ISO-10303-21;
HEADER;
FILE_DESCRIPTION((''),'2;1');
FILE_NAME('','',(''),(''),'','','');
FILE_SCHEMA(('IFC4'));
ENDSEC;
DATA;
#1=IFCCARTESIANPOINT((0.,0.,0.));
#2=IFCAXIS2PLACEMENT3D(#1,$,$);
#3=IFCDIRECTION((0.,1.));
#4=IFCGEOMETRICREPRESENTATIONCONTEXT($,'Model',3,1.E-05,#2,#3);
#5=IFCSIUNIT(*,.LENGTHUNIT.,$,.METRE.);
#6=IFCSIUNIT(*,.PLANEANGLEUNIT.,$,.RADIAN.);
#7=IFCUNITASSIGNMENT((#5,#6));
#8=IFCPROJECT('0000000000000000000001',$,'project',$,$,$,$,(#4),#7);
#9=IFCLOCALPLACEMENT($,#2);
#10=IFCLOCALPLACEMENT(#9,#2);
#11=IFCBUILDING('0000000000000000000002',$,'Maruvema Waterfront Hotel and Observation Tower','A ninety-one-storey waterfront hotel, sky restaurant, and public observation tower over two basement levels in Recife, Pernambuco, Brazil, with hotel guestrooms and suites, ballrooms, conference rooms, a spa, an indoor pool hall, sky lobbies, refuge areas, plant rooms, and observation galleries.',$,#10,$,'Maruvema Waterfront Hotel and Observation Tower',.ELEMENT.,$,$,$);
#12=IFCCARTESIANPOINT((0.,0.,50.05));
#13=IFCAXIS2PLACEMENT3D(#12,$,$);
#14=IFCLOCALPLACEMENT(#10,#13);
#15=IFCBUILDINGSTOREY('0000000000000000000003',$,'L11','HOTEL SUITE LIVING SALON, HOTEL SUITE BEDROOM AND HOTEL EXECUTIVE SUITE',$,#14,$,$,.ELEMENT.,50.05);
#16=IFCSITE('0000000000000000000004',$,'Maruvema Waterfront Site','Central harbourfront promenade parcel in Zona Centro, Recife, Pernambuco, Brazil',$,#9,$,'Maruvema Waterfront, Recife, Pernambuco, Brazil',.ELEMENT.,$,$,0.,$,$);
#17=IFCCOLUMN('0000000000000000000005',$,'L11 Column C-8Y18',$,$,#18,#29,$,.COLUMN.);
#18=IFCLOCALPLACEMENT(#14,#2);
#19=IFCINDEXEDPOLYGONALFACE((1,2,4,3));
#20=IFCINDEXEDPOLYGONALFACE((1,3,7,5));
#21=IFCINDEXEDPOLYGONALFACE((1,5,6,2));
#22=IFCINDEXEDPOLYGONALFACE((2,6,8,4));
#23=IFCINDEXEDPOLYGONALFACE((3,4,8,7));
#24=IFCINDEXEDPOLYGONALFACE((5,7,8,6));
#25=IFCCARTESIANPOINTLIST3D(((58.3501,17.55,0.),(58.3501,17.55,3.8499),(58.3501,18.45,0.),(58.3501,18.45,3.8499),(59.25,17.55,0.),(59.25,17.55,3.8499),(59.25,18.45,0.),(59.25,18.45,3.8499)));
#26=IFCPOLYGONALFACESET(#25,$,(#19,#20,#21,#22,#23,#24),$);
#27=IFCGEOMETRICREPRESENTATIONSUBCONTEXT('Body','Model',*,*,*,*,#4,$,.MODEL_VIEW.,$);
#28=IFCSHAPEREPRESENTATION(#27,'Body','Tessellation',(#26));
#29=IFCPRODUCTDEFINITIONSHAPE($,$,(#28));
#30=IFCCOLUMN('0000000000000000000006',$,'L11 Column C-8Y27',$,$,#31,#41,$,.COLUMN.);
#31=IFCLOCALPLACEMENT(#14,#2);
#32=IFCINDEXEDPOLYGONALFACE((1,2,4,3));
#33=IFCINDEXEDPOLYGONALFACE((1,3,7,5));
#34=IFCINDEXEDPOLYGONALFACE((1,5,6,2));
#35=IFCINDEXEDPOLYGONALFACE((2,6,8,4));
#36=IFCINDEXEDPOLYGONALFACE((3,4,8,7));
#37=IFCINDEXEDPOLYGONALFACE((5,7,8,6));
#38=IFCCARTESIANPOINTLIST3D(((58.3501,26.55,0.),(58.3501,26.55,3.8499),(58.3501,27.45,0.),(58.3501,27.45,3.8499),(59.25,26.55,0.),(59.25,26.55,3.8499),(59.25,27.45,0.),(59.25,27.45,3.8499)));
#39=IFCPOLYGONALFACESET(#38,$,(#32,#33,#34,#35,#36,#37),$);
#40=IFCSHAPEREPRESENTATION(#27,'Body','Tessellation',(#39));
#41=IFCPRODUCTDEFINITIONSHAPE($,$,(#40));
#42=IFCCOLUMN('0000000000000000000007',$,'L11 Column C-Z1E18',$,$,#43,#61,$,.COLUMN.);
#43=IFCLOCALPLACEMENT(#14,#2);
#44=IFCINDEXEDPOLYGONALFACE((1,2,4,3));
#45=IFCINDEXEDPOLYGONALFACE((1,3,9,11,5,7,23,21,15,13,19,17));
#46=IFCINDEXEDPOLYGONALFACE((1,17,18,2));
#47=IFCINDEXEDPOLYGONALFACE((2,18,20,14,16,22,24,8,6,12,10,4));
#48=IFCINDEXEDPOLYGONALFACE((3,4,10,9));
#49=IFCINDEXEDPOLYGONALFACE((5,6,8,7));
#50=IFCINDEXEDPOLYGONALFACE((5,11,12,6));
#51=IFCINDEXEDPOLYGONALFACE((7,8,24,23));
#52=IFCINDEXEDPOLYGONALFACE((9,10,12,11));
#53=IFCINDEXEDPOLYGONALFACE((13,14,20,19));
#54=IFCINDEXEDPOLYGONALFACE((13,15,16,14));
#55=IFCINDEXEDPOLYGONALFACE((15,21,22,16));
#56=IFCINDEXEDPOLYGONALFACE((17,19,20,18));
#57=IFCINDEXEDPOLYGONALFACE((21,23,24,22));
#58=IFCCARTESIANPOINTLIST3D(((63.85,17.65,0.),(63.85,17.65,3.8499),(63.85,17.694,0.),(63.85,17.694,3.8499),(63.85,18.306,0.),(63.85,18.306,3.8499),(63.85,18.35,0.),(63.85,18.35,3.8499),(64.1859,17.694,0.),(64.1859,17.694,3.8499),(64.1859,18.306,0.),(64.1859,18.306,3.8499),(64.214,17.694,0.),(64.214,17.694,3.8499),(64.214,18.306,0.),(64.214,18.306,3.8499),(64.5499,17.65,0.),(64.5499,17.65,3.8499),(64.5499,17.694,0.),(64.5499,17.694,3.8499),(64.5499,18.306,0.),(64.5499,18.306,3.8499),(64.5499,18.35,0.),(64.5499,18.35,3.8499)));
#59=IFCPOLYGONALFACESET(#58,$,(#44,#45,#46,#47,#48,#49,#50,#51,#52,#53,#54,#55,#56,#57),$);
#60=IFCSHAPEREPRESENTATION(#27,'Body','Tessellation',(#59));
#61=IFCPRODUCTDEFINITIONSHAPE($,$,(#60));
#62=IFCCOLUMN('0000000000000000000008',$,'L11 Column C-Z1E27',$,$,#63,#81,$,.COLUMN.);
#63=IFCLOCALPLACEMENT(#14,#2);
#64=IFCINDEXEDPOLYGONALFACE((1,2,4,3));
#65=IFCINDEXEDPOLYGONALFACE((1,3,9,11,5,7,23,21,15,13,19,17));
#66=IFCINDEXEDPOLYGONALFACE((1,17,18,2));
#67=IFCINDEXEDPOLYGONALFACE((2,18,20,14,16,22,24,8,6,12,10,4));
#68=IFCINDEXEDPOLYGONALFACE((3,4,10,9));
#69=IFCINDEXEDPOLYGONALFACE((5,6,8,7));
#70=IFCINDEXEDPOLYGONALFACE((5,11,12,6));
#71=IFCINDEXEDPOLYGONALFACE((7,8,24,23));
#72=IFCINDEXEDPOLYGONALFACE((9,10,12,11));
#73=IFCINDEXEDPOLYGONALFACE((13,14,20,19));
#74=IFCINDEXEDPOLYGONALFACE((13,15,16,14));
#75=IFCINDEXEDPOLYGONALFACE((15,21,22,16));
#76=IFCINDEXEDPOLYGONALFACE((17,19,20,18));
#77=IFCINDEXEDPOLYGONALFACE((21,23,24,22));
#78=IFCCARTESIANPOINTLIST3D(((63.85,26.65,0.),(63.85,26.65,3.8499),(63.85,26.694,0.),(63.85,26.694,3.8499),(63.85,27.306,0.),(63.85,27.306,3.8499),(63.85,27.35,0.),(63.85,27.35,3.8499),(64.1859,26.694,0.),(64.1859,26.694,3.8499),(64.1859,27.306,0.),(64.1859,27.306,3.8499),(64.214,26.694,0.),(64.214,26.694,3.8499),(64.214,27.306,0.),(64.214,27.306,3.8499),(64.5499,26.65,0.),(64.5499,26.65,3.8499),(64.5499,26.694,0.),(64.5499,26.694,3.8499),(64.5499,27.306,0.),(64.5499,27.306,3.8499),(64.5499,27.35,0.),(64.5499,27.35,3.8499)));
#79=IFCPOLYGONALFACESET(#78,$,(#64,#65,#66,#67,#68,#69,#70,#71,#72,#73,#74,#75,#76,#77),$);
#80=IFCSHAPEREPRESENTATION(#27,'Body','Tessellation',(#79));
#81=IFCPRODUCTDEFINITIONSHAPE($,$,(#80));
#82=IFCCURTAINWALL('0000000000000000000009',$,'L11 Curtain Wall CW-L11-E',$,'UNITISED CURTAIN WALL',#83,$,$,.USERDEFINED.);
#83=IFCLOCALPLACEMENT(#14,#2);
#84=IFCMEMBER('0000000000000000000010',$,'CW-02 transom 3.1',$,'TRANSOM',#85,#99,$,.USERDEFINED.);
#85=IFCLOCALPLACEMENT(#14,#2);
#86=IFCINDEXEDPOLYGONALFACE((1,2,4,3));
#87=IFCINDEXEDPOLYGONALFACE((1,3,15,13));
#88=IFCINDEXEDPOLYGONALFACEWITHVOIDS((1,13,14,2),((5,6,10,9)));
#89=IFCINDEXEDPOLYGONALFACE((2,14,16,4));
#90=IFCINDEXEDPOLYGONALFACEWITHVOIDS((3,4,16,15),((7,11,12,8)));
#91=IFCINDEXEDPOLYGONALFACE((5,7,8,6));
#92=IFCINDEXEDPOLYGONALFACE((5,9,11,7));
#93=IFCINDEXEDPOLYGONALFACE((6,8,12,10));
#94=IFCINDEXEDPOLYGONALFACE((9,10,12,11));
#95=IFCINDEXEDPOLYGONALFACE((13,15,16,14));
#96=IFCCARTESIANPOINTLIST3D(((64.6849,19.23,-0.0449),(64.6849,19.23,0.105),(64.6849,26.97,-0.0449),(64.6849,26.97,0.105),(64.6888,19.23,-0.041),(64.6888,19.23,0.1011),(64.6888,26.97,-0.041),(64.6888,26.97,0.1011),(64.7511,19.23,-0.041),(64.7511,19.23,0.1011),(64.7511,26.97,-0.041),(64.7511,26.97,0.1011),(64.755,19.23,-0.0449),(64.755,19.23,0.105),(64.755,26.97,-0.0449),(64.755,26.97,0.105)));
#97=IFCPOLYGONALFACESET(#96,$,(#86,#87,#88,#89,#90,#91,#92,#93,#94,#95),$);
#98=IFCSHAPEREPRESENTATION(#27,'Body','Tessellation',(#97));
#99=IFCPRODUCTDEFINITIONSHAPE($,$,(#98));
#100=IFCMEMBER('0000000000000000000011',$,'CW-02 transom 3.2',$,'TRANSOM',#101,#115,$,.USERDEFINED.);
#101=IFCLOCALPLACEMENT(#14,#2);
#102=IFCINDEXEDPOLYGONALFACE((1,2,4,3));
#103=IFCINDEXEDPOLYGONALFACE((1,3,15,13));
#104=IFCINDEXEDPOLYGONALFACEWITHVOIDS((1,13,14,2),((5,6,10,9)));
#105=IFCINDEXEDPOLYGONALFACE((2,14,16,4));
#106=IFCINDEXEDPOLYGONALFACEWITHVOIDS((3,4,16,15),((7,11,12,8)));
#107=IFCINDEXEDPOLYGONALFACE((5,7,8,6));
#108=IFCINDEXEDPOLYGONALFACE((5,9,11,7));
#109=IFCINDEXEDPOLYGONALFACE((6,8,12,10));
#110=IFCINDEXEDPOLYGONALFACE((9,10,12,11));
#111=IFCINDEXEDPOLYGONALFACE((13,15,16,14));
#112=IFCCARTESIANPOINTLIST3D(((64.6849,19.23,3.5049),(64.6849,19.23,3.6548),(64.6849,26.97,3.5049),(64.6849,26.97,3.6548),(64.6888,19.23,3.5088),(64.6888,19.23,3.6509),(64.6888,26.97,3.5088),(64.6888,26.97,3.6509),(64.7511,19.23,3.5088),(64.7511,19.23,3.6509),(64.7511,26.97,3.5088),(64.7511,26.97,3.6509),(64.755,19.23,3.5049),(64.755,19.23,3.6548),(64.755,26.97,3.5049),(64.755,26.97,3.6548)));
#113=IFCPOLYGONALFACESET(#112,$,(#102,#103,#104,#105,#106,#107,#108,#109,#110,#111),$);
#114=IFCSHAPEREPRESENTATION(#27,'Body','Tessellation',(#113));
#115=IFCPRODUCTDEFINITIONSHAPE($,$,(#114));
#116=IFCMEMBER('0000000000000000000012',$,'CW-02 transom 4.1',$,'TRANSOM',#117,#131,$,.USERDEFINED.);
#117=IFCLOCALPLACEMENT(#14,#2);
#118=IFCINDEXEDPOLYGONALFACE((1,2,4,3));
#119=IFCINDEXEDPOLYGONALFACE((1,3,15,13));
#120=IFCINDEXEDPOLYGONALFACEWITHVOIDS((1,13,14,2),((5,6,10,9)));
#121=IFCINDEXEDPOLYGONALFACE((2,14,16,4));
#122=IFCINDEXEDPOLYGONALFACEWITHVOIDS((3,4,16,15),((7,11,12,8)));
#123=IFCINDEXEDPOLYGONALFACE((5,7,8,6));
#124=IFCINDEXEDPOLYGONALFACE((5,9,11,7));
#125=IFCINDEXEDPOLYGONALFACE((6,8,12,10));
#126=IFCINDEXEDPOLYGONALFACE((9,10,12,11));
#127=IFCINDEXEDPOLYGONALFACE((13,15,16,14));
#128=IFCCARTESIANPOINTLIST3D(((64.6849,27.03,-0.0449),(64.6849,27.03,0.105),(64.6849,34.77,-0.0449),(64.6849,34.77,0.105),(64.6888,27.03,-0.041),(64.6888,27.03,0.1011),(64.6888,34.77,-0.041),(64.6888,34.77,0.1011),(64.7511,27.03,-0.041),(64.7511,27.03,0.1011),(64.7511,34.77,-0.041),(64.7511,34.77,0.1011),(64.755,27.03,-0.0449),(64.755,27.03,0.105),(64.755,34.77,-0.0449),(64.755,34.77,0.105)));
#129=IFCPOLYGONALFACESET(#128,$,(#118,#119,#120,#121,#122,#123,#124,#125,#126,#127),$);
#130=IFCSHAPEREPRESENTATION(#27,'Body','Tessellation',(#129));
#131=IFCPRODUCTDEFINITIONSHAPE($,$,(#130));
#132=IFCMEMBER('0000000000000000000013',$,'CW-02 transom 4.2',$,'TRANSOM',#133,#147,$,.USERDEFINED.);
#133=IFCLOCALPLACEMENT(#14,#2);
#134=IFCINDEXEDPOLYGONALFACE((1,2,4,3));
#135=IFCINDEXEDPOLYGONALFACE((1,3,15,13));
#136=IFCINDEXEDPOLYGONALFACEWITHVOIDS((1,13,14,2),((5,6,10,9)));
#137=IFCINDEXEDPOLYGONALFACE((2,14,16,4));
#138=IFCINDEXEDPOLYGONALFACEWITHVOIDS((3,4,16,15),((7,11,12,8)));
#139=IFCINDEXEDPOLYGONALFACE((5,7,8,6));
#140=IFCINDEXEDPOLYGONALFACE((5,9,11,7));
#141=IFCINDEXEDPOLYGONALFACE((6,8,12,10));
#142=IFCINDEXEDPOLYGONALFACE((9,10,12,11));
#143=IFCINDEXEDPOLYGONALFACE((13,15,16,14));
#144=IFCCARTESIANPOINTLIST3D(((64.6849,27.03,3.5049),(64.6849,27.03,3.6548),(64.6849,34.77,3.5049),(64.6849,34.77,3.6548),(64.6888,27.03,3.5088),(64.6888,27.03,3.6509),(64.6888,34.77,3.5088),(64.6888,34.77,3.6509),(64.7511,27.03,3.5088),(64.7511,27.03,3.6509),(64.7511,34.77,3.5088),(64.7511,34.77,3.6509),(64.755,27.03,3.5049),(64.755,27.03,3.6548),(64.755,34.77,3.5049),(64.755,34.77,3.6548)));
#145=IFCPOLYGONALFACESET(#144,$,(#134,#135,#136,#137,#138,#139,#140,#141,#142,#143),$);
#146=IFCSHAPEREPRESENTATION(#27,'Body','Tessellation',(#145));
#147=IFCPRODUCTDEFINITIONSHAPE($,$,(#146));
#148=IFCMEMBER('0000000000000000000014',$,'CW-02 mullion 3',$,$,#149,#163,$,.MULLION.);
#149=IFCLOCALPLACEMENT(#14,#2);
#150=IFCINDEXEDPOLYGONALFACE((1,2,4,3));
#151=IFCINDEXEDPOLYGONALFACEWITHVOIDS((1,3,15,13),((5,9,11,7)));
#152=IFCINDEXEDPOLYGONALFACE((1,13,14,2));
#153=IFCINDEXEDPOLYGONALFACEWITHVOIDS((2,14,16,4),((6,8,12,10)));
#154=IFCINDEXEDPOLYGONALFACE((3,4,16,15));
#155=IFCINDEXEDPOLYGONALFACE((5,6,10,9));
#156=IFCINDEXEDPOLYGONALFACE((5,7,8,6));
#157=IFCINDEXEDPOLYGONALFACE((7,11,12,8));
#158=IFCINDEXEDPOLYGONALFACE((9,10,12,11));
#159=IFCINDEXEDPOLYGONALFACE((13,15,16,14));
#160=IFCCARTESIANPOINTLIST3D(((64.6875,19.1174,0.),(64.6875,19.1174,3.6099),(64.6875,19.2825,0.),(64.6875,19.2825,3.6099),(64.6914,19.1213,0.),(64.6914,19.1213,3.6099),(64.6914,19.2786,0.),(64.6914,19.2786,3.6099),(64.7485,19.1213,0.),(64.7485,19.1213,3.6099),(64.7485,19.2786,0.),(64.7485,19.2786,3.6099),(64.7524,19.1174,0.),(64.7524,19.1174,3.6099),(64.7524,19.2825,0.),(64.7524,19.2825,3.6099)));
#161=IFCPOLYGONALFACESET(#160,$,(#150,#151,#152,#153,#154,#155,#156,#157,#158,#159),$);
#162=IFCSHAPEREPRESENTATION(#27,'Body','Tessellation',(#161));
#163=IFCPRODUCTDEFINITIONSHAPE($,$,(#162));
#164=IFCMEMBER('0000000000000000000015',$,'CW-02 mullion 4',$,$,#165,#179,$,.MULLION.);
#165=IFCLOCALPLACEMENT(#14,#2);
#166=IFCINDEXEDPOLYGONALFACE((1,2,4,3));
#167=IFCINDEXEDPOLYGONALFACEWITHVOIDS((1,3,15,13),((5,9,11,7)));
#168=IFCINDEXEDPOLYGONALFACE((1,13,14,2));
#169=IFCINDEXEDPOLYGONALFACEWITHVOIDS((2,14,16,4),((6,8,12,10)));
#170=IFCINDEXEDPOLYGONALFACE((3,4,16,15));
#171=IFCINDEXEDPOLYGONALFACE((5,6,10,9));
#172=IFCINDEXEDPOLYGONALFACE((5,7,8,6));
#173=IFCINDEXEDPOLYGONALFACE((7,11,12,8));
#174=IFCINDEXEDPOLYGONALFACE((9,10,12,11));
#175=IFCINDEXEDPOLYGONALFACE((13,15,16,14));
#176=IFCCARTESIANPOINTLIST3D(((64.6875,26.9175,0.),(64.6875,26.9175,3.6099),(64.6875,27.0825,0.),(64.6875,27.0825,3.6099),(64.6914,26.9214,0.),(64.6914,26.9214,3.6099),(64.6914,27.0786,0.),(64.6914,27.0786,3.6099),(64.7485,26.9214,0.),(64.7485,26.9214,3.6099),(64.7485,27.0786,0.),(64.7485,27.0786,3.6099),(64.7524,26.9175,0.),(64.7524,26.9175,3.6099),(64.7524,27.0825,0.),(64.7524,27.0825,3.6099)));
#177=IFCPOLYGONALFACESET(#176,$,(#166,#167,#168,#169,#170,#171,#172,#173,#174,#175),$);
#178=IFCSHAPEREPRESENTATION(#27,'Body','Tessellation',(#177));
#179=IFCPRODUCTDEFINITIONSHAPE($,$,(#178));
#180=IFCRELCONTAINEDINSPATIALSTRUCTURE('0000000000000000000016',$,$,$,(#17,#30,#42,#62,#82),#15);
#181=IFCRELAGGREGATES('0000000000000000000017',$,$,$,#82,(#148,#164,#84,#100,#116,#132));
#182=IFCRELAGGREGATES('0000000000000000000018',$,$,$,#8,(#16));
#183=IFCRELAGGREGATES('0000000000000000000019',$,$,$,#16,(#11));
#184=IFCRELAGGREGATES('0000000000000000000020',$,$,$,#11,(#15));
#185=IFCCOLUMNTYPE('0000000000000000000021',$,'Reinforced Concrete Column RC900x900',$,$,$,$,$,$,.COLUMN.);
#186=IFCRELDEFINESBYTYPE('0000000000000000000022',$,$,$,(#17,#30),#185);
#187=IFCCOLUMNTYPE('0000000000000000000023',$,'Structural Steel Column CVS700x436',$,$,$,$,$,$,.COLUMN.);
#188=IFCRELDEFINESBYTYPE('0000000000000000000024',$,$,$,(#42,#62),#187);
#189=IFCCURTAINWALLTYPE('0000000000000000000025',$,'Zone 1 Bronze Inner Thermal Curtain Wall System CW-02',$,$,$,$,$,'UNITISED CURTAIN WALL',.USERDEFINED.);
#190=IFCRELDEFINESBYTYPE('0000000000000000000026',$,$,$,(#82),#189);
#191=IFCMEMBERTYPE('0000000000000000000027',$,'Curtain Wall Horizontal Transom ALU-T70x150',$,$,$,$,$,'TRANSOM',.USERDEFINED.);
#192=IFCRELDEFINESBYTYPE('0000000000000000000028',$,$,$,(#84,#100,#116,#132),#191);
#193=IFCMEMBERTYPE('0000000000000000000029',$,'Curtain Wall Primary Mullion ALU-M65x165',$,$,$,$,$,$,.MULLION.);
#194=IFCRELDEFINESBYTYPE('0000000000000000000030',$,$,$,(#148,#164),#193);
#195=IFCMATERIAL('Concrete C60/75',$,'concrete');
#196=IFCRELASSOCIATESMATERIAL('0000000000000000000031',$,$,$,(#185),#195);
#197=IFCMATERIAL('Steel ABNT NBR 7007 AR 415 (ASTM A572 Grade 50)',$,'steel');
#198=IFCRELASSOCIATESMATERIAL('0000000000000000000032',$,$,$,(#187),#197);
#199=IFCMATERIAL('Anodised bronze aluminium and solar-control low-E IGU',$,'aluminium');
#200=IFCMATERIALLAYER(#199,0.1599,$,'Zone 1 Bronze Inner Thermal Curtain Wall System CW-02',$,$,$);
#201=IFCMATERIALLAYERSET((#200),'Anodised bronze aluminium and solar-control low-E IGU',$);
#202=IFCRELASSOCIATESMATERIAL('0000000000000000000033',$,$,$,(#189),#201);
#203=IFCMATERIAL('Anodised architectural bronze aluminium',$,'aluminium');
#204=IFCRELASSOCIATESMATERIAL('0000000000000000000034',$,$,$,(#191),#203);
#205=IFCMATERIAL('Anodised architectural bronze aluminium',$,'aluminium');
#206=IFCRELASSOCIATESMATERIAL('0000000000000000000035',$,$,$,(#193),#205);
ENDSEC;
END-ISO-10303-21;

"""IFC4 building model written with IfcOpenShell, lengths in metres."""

from ifc_helpers import new_model, si_unit, direction, frame, origin, origin_2d, place, context, subcontext, project, spatial, rectangle, hollow_rectangle, i_section, extrude, material, layer, layer_set, material_profile, profile_set, type_object, element, aggregate, save


model = new_model("IFC4")

# Units and contexts
model_context = context("Model", 3, precision=1e-05, world=origin(), true_north=direction((0.0, 1.0)))
body_context = subcontext(model_context, "Body", "Model", "MODEL_VIEW")
ifc_project = project(units=[si_unit("LENGTHUNIT", "METRE"), si_unit("PLANEANGLEUNIT", "RADIAN")], contexts=[model_context])

# Site, building, storey
site_placement = place(None, origin())
site = spatial("IfcSite", under=ifc_project, at=site_placement, Name="Maruvema Waterfront Site", Description="Central harbourfront promenade parcel in Zona Centro, Recife, Pernambuco, Brazil", LongName="Maruvema Waterfront, Recife, Pernambuco, Brazil", CompositionType="ELEMENT", RefElevation=0.0)
building_placement = place(site_placement, origin())
building = spatial("IfcBuilding", under=site, at=building_placement, Name="Maruvema Waterfront Hotel and Observation Tower", Description="A ninety-one-storey waterfront hotel, sky restaurant, and public observation tower over two basement levels in Recife, Pernambuco, Brazil, with hotel guestrooms and suites, ballrooms, conference rooms, a spa, an indoor pool hall, sky lobbies, refuge areas, plant rooms, and observation galleries.", LongName="Maruvema Waterfront Hotel and Observation Tower", CompositionType="ELEMENT")
storey_placement = place(building_placement, frame((0.0, 0.0, 50.05)))
storey = spatial("IfcBuildingStorey", under=building, at=storey_placement, Name="L11", Description="HOTEL SUITE LIVING SALON, HOTEL SUITE BEDROOM AND HOTEL EXECUTIVE SUITE", CompositionType="ELEMENT", Elevation=50.05)

# Columns
ifc_material_1 = material(Name="Concrete C60/75", Category="concrete")
ifc_material_profile_1 = material_profile(ifc_material_1, rectangle(XDim=0.8999, YDim=0.8999, at=origin_2d()), Name="RC900x900")
ifc_profile_set_1 = profile_set([ifc_material_profile_1], Name="Concrete C60/75")
column_type_1 = type_object("IfcColumnType", Name="Reinforced Concrete Column RC900x900", PredefinedType="COLUMN", material=ifc_profile_set_1)
for number, where, z_axis, x_axis, name in (
    (1, (58.8, 18.0, 0.0), (0.0, 0.0, 1.0), (1.0, 0.0, 0.0), "L11 Column C-8Y18"),
    (2, (58.8, 27.0, 0.0), (0.0, 0.0, 1.0), (1.0, 0.0, 0.0), "L11 Column C-8Y27"),
):
    element("IfcColumn", number, at=place(storey_placement, frame(where, z_axis=z_axis, x_axis=x_axis)), inside=storey, type_object=column_type_1, Name=name, PredefinedType="COLUMN", context=body_context, shape_type="SweptSolid", body=[
        extrude(rectangle(XDim=0.8999, YDim=0.8999, at=origin_2d()), origin(), (0.0, 0.0, 1.0), 3.8499),
    ])
ifc_material_2 = material(Name="Steel ABNT NBR 7007 AR 415 (ASTM A572 Grade 50)", Category="steel")
ifc_material_profile_2 = material_profile(ifc_material_2, i_section(OverallWidth=0.7, OverallDepth=0.7, WebThickness=0.0281, FlangeThickness=0.0439, at=origin_2d()), Name="CVS700x436")
ifc_profile_set_2 = profile_set([ifc_material_profile_2], Name="Steel ABNT NBR 7007 AR 415 (ASTM A572 Grade 50)")
column_type_2 = type_object("IfcColumnType", Name="Structural Steel Column CVS700x436", PredefinedType="COLUMN", material=ifc_profile_set_2)
for number, where, z_axis, x_axis, name in (
    (3, (64.2, 18.0, 0.0), (0.0, 0.0, 1.0), (1.0, 0.0, 0.0), "L11 Column C-Z1E18"),
    (4, (64.2, 27.0, 0.0), (0.0, 0.0, 1.0), (1.0, 0.0, 0.0), "L11 Column C-Z1E27"),
):
    element("IfcColumn", number, at=place(storey_placement, frame(where, z_axis=z_axis, x_axis=x_axis)), inside=storey, type_object=column_type_2, Name=name, PredefinedType="COLUMN", context=body_context, shape_type="SweptSolid", body=[
        extrude(i_section(OverallWidth=0.7, OverallDepth=0.7, WebThickness=0.0281, FlangeThickness=0.0439, at=origin_2d()), origin(), (0.0, 0.0, 1.0), 3.8499),
    ])

# Curtain wall, members
ifc_material_3 = material(Name="Anodised bronze aluminium and solar-control low-E IGU", Category="aluminium")
ifc_layer_1 = layer(ifc_material_3, 0.1599, Name="Zone 1 Bronze Inner Thermal Curtain Wall System CW-02")
ifc_layer_set_1 = layer_set([ifc_layer_1], Name="Anodised bronze aluminium and solar-control low-E IGU")
curtain_wall_type = type_object("IfcCurtainWallType", Name="Zone 1 Bronze Inner Thermal Curtain Wall System CW-02", ElementType="UNITISED CURTAIN WALL", PredefinedType="USERDEFINED", material=ifc_layer_set_1)
curtain_wall_placement = place(storey_placement, origin())
curtain_wall = element("IfcCurtainWall", 5, at=curtain_wall_placement, inside=storey, type_object=curtain_wall_type, Name="L11 Curtain Wall CW-L11-E", ObjectType="UNITISED CURTAIN WALL", PredefinedType="USERDEFINED")
ifc_material_4 = material(Name="Anodised architectural bronze aluminium", Category="aluminium")
ifc_material_profile_3 = material_profile(ifc_material_4, hollow_rectangle(XDim=0.0701, YDim=0.1499, WallThickness=0.0039, at=origin_2d()), Name="ALU-T70x150")
ifc_profile_set_3 = profile_set([ifc_material_profile_3], Name="Anodised architectural bronze aluminium")
member_type_1 = type_object("IfcMemberType", Name="Curtain Wall Horizontal Transom ALU-T70x150", ElementType="TRANSOM", PredefinedType="USERDEFINED", material=ifc_profile_set_3)
member_1_placement = place(storey_placement, frame((64.72, 19.23, 0.03), z_axis=(0.0, 1.0, 0.0), x_axis=(-1.0, 0.0, 0.0)))
member_1 = element("IfcMember", 6, at=member_1_placement, type_object=member_type_1, Name="CW-02 transom 3.1", ObjectType="TRANSOM", PredefinedType="USERDEFINED", context=body_context, shape_type="SweptSolid", body=[
    extrude(hollow_rectangle(XDim=0.0701, YDim=0.1499, WallThickness=0.0039, at=origin_2d()), origin(), (0.0, 0.0, 1.0), 7.74),
])
member_2_placement = place(storey_placement, frame((64.72, 19.23, 3.5798), z_axis=(0.0, 1.0, 0.0), x_axis=(-1.0, 0.0, 0.0)))
member_2 = element("IfcMember", 7, at=member_2_placement, type_object=member_type_1, Name="CW-02 transom 3.2", ObjectType="TRANSOM", PredefinedType="USERDEFINED", context=body_context, shape_type="SweptSolid", body=[
    extrude(hollow_rectangle(XDim=0.0701, YDim=0.1499, WallThickness=0.0039, at=origin_2d()), origin(), (0.0, 0.0, 1.0), 7.74),
])
member_3_placement = place(storey_placement, frame((64.72, 27.03, 0.03), z_axis=(0.0, 1.0, 0.0), x_axis=(-1.0, 0.0, 0.0)))
member_3 = element("IfcMember", 8, at=member_3_placement, type_object=member_type_1, Name="CW-02 transom 4.1", ObjectType="TRANSOM", PredefinedType="USERDEFINED", context=body_context, shape_type="SweptSolid", body=[
    extrude(hollow_rectangle(XDim=0.0701, YDim=0.1499, WallThickness=0.0039, at=origin_2d()), origin(), (0.0, 0.0, 1.0), 7.74),
])
member_4_placement = place(storey_placement, frame((64.72, 27.03, 3.5798), z_axis=(0.0, 1.0, 0.0), x_axis=(-1.0, 0.0, 0.0)))
member_4 = element("IfcMember", 9, at=member_4_placement, type_object=member_type_1, Name="CW-02 transom 4.2", ObjectType="TRANSOM", PredefinedType="USERDEFINED", context=body_context, shape_type="SweptSolid", body=[
    extrude(hollow_rectangle(XDim=0.0701, YDim=0.1499, WallThickness=0.0039, at=origin_2d()), origin(), (0.0, 0.0, 1.0), 7.74),
])
ifc_material_5 = material(Name="Anodised architectural bronze aluminium", Category="aluminium")
ifc_material_profile_4 = material_profile(ifc_material_5, hollow_rectangle(XDim=0.0649, YDim=0.165, WallThickness=0.0039, at=origin_2d()), Name="ALU-M65x165")
ifc_profile_set_4 = profile_set([ifc_material_profile_4], Name="Anodised architectural bronze aluminium")
member_type_2 = type_object("IfcMemberType", Name="Curtain Wall Primary Mullion ALU-M65x165", PredefinedType="MULLION", material=ifc_profile_set_4)
member_5_placement = place(storey_placement, frame((64.72, 19.2, 0.0), z_axis=(0.0, 0.0, 1.0), x_axis=(-1.0, 0.0, 0.0)))
member_5 = element("IfcMember", 10, at=member_5_placement, type_object=member_type_2, Name="CW-02 mullion 3", PredefinedType="MULLION", context=body_context, shape_type="SweptSolid", body=[
    extrude(hollow_rectangle(XDim=0.0649, YDim=0.165, WallThickness=0.0039, at=origin_2d()), origin(), (0.0, 0.0, 1.0), 3.6099),
])
member_6_placement = place(storey_placement, frame((64.72, 27.0, 0.0), z_axis=(0.0, 0.0, 1.0), x_axis=(-1.0, 0.0, 0.0)))
member_6 = element("IfcMember", 11, at=member_6_placement, type_object=member_type_2, Name="CW-02 mullion 4", PredefinedType="MULLION", context=body_context, shape_type="SweptSolid", body=[
    extrude(hollow_rectangle(XDim=0.0649, YDim=0.165, WallThickness=0.0039, at=origin_2d()), origin(), (0.0, 0.0, 1.0), 3.6099),
])

aggregate(curtain_wall, [member_5, member_6, member_1, member_2, member_3, member_4])

save(model, "model.ifc")
